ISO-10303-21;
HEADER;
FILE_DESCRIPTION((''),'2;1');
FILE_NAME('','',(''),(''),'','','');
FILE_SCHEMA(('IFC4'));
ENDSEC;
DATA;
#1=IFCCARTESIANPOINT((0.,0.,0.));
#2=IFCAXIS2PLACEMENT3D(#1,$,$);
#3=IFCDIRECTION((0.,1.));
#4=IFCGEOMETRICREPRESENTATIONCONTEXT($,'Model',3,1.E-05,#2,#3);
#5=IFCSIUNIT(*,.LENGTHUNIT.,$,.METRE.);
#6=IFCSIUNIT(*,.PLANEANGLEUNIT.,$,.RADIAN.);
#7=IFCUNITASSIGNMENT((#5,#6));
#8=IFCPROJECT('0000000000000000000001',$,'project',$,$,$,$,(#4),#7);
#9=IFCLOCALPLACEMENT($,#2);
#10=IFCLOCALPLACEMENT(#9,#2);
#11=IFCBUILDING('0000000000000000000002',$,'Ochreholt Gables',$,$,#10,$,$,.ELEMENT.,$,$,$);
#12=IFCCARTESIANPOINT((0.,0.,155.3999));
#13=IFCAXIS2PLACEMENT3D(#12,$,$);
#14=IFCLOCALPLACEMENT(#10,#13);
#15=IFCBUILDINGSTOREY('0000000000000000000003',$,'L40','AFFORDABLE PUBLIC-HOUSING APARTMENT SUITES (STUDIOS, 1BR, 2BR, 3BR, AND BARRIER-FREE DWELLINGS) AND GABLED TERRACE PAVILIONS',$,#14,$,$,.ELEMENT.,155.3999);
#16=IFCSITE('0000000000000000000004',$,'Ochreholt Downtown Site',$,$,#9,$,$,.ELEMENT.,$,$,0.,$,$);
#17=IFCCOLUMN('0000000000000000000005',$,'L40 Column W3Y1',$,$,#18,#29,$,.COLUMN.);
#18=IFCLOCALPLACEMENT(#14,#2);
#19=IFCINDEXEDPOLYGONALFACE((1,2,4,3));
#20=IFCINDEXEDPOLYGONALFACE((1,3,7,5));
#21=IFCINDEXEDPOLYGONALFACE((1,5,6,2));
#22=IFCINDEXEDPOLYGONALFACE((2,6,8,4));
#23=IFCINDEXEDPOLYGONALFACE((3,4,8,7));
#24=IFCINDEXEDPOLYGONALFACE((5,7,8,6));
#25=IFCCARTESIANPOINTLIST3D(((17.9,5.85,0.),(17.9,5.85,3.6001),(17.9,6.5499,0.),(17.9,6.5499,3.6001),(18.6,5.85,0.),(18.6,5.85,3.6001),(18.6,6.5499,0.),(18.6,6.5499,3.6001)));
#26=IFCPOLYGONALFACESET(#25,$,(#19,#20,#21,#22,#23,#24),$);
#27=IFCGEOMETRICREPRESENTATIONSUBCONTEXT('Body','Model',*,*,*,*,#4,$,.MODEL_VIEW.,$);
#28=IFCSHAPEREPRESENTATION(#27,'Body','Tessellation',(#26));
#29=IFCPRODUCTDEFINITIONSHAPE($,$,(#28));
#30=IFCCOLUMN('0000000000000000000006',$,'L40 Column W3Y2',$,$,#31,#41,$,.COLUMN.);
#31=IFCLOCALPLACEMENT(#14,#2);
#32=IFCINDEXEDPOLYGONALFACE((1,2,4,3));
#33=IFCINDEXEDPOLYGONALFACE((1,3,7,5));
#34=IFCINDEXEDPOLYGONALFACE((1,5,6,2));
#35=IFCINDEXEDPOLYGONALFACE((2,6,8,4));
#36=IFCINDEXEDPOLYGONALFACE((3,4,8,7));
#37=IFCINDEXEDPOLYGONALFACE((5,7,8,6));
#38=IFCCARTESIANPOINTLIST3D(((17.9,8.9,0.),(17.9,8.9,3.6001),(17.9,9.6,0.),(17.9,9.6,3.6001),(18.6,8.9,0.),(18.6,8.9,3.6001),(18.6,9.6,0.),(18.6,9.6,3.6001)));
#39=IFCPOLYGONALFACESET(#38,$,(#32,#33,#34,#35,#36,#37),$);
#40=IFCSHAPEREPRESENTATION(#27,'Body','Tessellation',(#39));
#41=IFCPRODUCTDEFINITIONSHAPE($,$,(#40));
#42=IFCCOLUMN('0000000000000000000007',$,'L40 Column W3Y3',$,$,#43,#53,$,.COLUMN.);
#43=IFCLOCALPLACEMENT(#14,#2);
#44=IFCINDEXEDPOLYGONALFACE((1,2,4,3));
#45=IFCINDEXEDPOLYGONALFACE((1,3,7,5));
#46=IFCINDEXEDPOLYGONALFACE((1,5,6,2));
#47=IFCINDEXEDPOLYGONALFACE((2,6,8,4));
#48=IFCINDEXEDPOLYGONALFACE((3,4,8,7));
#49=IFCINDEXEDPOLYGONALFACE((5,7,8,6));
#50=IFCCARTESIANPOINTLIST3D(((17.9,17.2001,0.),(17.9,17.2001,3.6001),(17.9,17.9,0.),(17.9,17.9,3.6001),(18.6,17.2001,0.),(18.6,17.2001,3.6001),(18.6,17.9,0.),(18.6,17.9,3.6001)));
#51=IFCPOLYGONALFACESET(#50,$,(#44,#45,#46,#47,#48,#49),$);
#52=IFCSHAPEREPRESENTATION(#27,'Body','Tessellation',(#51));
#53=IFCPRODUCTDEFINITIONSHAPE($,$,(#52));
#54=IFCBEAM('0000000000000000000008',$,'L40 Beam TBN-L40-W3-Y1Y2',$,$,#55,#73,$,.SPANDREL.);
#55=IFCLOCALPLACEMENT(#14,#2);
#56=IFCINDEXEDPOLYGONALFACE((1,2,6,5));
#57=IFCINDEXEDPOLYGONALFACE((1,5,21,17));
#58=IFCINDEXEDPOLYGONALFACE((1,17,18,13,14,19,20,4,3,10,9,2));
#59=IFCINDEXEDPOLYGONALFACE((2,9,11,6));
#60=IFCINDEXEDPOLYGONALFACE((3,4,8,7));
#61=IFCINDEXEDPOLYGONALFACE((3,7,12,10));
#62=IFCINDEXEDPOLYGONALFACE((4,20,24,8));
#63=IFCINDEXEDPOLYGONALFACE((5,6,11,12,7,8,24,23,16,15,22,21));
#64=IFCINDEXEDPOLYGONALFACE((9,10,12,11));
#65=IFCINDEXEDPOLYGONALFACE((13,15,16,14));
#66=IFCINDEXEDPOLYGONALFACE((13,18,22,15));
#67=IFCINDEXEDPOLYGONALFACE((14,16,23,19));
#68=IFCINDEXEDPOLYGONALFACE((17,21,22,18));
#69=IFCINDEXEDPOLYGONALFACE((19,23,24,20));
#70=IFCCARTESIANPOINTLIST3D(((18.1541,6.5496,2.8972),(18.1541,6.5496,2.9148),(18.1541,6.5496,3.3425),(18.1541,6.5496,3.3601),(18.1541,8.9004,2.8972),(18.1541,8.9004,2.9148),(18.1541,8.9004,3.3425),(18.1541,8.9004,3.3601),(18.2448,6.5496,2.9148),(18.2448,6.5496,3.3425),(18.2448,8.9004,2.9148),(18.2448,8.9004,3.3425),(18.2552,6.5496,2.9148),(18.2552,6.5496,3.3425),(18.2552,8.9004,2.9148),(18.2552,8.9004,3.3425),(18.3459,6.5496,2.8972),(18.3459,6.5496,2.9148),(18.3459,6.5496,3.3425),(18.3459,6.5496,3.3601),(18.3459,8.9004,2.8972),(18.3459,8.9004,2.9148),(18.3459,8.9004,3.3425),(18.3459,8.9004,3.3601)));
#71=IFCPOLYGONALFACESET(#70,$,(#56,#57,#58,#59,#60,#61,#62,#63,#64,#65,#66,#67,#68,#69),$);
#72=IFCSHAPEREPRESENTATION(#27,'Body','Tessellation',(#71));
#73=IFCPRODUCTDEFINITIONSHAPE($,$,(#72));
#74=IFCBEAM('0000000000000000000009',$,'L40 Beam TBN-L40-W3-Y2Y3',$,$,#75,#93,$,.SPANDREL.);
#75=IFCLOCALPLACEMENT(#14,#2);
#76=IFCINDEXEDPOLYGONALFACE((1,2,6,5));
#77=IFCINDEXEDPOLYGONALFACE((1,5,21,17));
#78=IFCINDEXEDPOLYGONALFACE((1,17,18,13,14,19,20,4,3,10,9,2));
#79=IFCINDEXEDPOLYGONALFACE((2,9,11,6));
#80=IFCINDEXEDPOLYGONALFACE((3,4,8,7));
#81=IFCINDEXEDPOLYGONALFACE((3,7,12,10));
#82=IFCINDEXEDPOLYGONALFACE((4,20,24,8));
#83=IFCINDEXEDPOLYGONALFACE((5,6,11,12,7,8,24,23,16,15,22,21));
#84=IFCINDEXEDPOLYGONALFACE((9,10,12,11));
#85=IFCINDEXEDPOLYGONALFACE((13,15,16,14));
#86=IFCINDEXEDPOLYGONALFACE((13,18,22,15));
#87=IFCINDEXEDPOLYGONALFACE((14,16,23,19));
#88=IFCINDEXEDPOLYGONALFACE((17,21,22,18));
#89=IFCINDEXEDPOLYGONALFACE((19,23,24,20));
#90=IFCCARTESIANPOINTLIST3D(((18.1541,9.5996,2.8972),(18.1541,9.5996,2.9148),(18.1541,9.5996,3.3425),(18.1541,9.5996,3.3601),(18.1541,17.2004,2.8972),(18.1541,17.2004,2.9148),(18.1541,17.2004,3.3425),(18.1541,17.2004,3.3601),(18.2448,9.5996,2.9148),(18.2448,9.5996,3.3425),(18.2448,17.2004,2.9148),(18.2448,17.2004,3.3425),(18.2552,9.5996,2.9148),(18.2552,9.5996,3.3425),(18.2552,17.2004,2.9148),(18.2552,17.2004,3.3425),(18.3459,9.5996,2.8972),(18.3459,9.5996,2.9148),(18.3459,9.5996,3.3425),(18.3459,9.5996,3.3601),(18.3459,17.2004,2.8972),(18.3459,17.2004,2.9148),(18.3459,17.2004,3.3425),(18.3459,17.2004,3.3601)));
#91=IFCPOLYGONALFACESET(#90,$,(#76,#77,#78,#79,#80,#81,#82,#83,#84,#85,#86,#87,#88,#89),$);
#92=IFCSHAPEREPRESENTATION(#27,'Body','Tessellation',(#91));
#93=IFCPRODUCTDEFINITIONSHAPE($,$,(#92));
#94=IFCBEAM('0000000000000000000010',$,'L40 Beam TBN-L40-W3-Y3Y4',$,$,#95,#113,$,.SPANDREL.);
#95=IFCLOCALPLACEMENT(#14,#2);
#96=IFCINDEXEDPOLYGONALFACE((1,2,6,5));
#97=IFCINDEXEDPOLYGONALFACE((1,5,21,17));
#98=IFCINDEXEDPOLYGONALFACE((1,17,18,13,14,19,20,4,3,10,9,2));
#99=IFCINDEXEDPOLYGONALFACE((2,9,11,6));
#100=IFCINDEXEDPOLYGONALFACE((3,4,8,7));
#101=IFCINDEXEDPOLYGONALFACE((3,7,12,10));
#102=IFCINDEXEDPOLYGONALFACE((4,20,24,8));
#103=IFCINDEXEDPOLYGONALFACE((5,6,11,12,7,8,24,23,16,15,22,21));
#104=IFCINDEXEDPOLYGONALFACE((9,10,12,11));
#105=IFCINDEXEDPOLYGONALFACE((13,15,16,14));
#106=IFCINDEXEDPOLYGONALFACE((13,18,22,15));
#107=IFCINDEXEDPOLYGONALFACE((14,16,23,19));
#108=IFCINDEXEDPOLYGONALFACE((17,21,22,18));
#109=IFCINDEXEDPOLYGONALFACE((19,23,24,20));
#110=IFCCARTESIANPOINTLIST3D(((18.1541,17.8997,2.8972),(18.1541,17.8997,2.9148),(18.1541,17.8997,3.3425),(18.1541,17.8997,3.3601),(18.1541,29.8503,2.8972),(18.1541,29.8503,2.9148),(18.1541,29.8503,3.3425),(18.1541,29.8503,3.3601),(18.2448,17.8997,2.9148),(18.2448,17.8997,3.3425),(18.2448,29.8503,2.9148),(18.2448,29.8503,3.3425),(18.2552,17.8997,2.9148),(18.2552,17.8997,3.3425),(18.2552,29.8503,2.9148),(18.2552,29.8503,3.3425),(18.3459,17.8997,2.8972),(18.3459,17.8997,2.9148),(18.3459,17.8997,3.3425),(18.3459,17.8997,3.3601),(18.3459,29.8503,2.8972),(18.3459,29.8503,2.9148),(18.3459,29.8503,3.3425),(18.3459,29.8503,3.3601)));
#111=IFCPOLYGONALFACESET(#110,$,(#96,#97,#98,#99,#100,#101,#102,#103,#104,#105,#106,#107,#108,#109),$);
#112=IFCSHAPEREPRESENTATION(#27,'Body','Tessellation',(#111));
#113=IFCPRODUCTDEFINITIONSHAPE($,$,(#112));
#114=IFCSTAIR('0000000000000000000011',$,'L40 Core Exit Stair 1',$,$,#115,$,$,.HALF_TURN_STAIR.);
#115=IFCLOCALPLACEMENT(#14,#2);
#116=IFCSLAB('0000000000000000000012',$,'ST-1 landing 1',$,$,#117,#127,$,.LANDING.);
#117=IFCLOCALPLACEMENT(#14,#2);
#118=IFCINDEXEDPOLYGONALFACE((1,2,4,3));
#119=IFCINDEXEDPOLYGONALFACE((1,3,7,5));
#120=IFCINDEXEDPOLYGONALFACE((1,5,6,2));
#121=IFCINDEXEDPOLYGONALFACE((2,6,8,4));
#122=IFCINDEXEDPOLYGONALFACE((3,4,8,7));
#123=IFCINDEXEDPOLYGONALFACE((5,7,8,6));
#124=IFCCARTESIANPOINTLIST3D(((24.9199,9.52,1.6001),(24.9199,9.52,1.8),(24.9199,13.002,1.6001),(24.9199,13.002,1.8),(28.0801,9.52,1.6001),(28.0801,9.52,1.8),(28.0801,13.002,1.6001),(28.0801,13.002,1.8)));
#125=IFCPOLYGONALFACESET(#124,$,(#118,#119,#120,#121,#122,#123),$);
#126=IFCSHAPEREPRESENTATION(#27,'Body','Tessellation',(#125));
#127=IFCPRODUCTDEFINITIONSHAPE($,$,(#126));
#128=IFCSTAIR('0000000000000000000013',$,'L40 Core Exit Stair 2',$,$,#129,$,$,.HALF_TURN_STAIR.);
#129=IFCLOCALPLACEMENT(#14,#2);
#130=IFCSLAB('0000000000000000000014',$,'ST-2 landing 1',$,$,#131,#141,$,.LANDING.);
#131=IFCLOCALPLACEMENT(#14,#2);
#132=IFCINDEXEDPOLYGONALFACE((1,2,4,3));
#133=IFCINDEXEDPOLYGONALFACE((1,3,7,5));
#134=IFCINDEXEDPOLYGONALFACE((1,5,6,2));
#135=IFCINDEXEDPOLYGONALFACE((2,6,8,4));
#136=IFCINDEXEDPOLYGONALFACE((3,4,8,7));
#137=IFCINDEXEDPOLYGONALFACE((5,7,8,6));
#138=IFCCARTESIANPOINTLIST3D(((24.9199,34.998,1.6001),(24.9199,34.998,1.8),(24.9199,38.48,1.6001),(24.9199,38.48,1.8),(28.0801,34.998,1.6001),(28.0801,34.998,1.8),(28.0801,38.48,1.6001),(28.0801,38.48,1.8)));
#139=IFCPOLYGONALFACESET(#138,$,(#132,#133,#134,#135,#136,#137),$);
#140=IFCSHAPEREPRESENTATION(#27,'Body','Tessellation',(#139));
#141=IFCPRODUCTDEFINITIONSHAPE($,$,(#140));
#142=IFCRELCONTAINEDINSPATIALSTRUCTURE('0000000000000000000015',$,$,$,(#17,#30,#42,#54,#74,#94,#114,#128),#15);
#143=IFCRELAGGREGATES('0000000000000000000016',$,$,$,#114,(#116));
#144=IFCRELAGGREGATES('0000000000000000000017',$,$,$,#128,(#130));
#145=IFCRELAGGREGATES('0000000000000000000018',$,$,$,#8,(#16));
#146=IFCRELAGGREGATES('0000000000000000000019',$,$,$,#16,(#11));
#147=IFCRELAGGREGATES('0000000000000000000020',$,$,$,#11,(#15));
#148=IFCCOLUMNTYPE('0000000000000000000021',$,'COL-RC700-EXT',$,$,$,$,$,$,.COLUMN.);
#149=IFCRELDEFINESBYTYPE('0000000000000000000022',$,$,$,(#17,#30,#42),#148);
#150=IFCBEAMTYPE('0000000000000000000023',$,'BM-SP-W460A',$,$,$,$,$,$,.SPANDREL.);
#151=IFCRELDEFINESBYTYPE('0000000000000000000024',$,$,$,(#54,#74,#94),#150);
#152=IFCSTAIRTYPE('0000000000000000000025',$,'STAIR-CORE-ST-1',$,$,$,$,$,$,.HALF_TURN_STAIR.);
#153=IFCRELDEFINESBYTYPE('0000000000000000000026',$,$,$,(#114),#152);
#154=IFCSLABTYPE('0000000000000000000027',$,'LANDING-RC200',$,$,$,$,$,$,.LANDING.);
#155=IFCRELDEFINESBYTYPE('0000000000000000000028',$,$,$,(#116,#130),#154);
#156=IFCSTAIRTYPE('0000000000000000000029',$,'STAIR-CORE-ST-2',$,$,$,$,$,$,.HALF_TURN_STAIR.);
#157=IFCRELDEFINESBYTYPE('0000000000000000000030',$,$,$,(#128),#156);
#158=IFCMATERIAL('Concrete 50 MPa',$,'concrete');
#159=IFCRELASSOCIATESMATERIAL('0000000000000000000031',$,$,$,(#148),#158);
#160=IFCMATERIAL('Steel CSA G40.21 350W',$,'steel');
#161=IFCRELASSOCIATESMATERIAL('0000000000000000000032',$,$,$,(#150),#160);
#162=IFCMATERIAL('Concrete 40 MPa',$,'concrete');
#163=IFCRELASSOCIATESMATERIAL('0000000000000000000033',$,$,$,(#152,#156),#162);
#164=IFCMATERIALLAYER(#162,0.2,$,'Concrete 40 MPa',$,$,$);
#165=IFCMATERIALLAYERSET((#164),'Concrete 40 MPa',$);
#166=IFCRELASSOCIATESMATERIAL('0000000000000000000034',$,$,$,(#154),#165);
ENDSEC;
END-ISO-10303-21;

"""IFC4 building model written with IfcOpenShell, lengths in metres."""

from ifc_helpers import new_model, si_unit, direction, frame, origin, origin_2d, place, context, subcontext, project, spatial, polyline, rectangle, i_section, outline, extrude, material, layer, layer_set, material_profile, profile_set, type_object, element, aggregate, save


model = new_model("IFC4")

# Units and contexts
model_context = context("Model", 3, precision=1e-05, world=origin(), true_north=direction((0.0, 1.0)))
body_context = subcontext(model_context, "Body", "Model", "MODEL_VIEW")
ifc_project = project(units=[si_unit("LENGTHUNIT", "METRE"), si_unit("PLANEANGLEUNIT", "RADIAN")], contexts=[model_context])

# Site, building, storey
site_placement = place(None, origin())
site = spatial("IfcSite", under=ifc_project, at=site_placement, Name="Ochreholt Downtown Site", CompositionType="ELEMENT", RefElevation=0.0)
building_placement = place(site_placement, origin())
building = spatial("IfcBuilding", under=site, at=building_placement, Name="Ochreholt Gables", CompositionType="ELEMENT")
storey_placement = place(building_placement, frame((0.0, 0.0, 155.3999)))
storey = spatial("IfcBuildingStorey", under=building, at=storey_placement, Name="L40", Description="AFFORDABLE PUBLIC-HOUSING APARTMENT SUITES (STUDIOS, 1BR, 2BR, 3BR, AND BARRIER-FREE DWELLINGS) AND GABLED TERRACE PAVILIONS", CompositionType="ELEMENT", Elevation=155.3999)

# Columns
ifc_material_1 = material(Name="Concrete 50 MPa", Category="concrete")
ifc_material_profile_1 = material_profile(ifc_material_1, rectangle(XDim=0.7, YDim=0.7, at=origin_2d()), Name="RC700X700")
ifc_profile_set_1 = profile_set([ifc_material_profile_1], Name="Concrete 50 MPa")
column_type = type_object("IfcColumnType", Name="COL-RC700-EXT", PredefinedType="COLUMN", material=ifc_profile_set_1)
for number, where, z_axis, x_axis, name in (
    (1, (18.25, 6.2, 0.0), (0.0, 0.0, 1.0), (1.0, 0.0, 0.0), "L40 Column W3Y1"),
    (2, (18.25, 9.25, 0.0), (0.0, 0.0, 1.0), (1.0, 0.0, 0.0), "L40 Column W3Y2"),
    (3, (18.25, 17.55, 0.0), (0.0, 0.0, 1.0), (1.0, 0.0, 0.0), "L40 Column W3Y3"),
):
    element("IfcColumn", number, at=place(storey_placement, frame(where, z_axis=z_axis, x_axis=x_axis)), inside=storey, type_object=column_type, Name=name, PredefinedType="COLUMN", context=body_context, shape_type="SweptSolid", body=[
        extrude(rectangle(XDim=0.7, YDim=0.7, at=origin_2d()), origin(), (0.0, 0.0, 1.0), 3.6001),
    ])

# Beams
ifc_material_2 = material(Name="Steel CSA G40.21 350W", Category="steel")
ifc_material_profile_2 = material_profile(ifc_material_2, i_section(OverallWidth=0.1919, OverallDepth=0.4629, WebThickness=0.0105, FlangeThickness=0.0176, at=origin_2d()), Name="W460X89")
ifc_profile_set_2 = profile_set([ifc_material_profile_2], Name="Steel CSA G40.21 350W")
beam_type = type_object("IfcBeamType", Name="BM-SP-W460A", PredefinedType="SPANDREL", material=ifc_profile_set_2)
beam_1_placement = place(storey_placement, frame((18.25, 6.5496, 3.1287), z_axis=(0.0, 1.0, 0.0), x_axis=(-1.0, 0.0, 0.0)))
element("IfcBeam", 4, at=beam_1_placement, inside=storey, type_object=beam_type, Name="L40 Beam TBN-L40-W3-Y1Y2", PredefinedType="SPANDREL", context=body_context, shape_type="SweptSolid", body=[
    extrude(i_section(OverallWidth=0.1919, OverallDepth=0.4629, WebThickness=0.0105, FlangeThickness=0.0176, at=origin_2d()), origin(), (0.0, 0.0, 1.0), 2.3508),
])
beam_2_placement = place(storey_placement, frame((18.25, 9.5996, 3.1287), z_axis=(0.0, 1.0, 0.0), x_axis=(-1.0, 0.0, 0.0)))
element("IfcBeam", 5, at=beam_2_placement, inside=storey, type_object=beam_type, Name="L40 Beam TBN-L40-W3-Y2Y3", PredefinedType="SPANDREL", context=body_context, shape_type="SweptSolid", body=[
    extrude(i_section(OverallWidth=0.1919, OverallDepth=0.4629, WebThickness=0.0105, FlangeThickness=0.0176, at=origin_2d()), origin(), (0.0, 0.0, 1.0), 7.6008),
])
beam_3_placement = place(storey_placement, frame((18.25, 17.8997, 3.1287), z_axis=(0.0, 1.0, 0.0), x_axis=(-1.0, 0.0, 0.0)))
element("IfcBeam", 6, at=beam_3_placement, inside=storey, type_object=beam_type, Name="L40 Beam TBN-L40-W3-Y3Y4", PredefinedType="SPANDREL", context=body_context, shape_type="SweptSolid", body=[
    extrude(i_section(OverallWidth=0.1919, OverallDepth=0.4629, WebThickness=0.0105, FlangeThickness=0.0176, at=origin_2d()), origin(), (0.0, 0.0, 1.0), 11.9507),
])

# Stairs, slabs
ifc_material_3 = material(Name="Concrete 40 MPa", Category="concrete")
stair_type_1 = type_object("IfcStairType", Name="STAIR-CORE-ST-1", PredefinedType="HALF_TURN_STAIR", material=ifc_material_3)
stair_1_placement = place(storey_placement, origin())
stair_1 = element("IfcStair", 7, at=stair_1_placement, inside=storey, type_object=stair_type_1, Name="L40 Core Exit Stair 1", PredefinedType="HALF_TURN_STAIR")
ifc_layer_1 = layer(ifc_material_3, 0.2, Name="Concrete 40 MPa")
ifc_layer_set_1 = layer_set([ifc_layer_1], Name="Concrete 40 MPa")
slab_type_1 = type_object("IfcSlabType", Name="LANDING-RC200", PredefinedType="LANDING", material=ifc_layer_set_1)
slab_1_placement = place(storey_placement, frame((0.0, 0.0, 1.6001)))
slab_1 = element("IfcSlab", 8, at=slab_1_placement, type_object=slab_type_1, Name="ST-1 landing 1", PredefinedType="LANDING", context=body_context, shape_type="SweptSolid", body=[
    extrude(outline(polyline([(24.9199, 13.002), (24.9199, 9.52), (28.0801, 9.52), (28.0801, 13.002), (24.9199, 13.002)])), origin(), (0.0, 0.0, 1.0), 0.2),
])
aggregate(stair_1, [slab_1])
stair_type_2 = type_object("IfcStairType", Name="STAIR-CORE-ST-2", PredefinedType="HALF_TURN_STAIR", material=ifc_material_3)
stair_2_placement = place(storey_placement, origin())
stair_2 = element("IfcStair", 9, at=stair_2_placement, inside=storey, type_object=stair_type_2, Name="L40 Core Exit Stair 2", PredefinedType="HALF_TURN_STAIR")
slab_2_placement = place(storey_placement, frame((0.0, 0.0, 1.6001)))
slab_2 = element("IfcSlab", 10, at=slab_2_placement, type_object=slab_type_1, Name="ST-2 landing 1", PredefinedType="LANDING", context=body_context, shape_type="SweptSolid", body=[
    extrude(outline(polyline([(28.0801, 34.998), (28.0801, 38.48), (24.9199, 38.48), (24.9199, 34.998), (28.0801, 34.998)])), origin(), (0.0, 0.0, 1.0), 0.2),
])
aggregate(stair_2, [slab_2])

save(model, "model.ifc")
